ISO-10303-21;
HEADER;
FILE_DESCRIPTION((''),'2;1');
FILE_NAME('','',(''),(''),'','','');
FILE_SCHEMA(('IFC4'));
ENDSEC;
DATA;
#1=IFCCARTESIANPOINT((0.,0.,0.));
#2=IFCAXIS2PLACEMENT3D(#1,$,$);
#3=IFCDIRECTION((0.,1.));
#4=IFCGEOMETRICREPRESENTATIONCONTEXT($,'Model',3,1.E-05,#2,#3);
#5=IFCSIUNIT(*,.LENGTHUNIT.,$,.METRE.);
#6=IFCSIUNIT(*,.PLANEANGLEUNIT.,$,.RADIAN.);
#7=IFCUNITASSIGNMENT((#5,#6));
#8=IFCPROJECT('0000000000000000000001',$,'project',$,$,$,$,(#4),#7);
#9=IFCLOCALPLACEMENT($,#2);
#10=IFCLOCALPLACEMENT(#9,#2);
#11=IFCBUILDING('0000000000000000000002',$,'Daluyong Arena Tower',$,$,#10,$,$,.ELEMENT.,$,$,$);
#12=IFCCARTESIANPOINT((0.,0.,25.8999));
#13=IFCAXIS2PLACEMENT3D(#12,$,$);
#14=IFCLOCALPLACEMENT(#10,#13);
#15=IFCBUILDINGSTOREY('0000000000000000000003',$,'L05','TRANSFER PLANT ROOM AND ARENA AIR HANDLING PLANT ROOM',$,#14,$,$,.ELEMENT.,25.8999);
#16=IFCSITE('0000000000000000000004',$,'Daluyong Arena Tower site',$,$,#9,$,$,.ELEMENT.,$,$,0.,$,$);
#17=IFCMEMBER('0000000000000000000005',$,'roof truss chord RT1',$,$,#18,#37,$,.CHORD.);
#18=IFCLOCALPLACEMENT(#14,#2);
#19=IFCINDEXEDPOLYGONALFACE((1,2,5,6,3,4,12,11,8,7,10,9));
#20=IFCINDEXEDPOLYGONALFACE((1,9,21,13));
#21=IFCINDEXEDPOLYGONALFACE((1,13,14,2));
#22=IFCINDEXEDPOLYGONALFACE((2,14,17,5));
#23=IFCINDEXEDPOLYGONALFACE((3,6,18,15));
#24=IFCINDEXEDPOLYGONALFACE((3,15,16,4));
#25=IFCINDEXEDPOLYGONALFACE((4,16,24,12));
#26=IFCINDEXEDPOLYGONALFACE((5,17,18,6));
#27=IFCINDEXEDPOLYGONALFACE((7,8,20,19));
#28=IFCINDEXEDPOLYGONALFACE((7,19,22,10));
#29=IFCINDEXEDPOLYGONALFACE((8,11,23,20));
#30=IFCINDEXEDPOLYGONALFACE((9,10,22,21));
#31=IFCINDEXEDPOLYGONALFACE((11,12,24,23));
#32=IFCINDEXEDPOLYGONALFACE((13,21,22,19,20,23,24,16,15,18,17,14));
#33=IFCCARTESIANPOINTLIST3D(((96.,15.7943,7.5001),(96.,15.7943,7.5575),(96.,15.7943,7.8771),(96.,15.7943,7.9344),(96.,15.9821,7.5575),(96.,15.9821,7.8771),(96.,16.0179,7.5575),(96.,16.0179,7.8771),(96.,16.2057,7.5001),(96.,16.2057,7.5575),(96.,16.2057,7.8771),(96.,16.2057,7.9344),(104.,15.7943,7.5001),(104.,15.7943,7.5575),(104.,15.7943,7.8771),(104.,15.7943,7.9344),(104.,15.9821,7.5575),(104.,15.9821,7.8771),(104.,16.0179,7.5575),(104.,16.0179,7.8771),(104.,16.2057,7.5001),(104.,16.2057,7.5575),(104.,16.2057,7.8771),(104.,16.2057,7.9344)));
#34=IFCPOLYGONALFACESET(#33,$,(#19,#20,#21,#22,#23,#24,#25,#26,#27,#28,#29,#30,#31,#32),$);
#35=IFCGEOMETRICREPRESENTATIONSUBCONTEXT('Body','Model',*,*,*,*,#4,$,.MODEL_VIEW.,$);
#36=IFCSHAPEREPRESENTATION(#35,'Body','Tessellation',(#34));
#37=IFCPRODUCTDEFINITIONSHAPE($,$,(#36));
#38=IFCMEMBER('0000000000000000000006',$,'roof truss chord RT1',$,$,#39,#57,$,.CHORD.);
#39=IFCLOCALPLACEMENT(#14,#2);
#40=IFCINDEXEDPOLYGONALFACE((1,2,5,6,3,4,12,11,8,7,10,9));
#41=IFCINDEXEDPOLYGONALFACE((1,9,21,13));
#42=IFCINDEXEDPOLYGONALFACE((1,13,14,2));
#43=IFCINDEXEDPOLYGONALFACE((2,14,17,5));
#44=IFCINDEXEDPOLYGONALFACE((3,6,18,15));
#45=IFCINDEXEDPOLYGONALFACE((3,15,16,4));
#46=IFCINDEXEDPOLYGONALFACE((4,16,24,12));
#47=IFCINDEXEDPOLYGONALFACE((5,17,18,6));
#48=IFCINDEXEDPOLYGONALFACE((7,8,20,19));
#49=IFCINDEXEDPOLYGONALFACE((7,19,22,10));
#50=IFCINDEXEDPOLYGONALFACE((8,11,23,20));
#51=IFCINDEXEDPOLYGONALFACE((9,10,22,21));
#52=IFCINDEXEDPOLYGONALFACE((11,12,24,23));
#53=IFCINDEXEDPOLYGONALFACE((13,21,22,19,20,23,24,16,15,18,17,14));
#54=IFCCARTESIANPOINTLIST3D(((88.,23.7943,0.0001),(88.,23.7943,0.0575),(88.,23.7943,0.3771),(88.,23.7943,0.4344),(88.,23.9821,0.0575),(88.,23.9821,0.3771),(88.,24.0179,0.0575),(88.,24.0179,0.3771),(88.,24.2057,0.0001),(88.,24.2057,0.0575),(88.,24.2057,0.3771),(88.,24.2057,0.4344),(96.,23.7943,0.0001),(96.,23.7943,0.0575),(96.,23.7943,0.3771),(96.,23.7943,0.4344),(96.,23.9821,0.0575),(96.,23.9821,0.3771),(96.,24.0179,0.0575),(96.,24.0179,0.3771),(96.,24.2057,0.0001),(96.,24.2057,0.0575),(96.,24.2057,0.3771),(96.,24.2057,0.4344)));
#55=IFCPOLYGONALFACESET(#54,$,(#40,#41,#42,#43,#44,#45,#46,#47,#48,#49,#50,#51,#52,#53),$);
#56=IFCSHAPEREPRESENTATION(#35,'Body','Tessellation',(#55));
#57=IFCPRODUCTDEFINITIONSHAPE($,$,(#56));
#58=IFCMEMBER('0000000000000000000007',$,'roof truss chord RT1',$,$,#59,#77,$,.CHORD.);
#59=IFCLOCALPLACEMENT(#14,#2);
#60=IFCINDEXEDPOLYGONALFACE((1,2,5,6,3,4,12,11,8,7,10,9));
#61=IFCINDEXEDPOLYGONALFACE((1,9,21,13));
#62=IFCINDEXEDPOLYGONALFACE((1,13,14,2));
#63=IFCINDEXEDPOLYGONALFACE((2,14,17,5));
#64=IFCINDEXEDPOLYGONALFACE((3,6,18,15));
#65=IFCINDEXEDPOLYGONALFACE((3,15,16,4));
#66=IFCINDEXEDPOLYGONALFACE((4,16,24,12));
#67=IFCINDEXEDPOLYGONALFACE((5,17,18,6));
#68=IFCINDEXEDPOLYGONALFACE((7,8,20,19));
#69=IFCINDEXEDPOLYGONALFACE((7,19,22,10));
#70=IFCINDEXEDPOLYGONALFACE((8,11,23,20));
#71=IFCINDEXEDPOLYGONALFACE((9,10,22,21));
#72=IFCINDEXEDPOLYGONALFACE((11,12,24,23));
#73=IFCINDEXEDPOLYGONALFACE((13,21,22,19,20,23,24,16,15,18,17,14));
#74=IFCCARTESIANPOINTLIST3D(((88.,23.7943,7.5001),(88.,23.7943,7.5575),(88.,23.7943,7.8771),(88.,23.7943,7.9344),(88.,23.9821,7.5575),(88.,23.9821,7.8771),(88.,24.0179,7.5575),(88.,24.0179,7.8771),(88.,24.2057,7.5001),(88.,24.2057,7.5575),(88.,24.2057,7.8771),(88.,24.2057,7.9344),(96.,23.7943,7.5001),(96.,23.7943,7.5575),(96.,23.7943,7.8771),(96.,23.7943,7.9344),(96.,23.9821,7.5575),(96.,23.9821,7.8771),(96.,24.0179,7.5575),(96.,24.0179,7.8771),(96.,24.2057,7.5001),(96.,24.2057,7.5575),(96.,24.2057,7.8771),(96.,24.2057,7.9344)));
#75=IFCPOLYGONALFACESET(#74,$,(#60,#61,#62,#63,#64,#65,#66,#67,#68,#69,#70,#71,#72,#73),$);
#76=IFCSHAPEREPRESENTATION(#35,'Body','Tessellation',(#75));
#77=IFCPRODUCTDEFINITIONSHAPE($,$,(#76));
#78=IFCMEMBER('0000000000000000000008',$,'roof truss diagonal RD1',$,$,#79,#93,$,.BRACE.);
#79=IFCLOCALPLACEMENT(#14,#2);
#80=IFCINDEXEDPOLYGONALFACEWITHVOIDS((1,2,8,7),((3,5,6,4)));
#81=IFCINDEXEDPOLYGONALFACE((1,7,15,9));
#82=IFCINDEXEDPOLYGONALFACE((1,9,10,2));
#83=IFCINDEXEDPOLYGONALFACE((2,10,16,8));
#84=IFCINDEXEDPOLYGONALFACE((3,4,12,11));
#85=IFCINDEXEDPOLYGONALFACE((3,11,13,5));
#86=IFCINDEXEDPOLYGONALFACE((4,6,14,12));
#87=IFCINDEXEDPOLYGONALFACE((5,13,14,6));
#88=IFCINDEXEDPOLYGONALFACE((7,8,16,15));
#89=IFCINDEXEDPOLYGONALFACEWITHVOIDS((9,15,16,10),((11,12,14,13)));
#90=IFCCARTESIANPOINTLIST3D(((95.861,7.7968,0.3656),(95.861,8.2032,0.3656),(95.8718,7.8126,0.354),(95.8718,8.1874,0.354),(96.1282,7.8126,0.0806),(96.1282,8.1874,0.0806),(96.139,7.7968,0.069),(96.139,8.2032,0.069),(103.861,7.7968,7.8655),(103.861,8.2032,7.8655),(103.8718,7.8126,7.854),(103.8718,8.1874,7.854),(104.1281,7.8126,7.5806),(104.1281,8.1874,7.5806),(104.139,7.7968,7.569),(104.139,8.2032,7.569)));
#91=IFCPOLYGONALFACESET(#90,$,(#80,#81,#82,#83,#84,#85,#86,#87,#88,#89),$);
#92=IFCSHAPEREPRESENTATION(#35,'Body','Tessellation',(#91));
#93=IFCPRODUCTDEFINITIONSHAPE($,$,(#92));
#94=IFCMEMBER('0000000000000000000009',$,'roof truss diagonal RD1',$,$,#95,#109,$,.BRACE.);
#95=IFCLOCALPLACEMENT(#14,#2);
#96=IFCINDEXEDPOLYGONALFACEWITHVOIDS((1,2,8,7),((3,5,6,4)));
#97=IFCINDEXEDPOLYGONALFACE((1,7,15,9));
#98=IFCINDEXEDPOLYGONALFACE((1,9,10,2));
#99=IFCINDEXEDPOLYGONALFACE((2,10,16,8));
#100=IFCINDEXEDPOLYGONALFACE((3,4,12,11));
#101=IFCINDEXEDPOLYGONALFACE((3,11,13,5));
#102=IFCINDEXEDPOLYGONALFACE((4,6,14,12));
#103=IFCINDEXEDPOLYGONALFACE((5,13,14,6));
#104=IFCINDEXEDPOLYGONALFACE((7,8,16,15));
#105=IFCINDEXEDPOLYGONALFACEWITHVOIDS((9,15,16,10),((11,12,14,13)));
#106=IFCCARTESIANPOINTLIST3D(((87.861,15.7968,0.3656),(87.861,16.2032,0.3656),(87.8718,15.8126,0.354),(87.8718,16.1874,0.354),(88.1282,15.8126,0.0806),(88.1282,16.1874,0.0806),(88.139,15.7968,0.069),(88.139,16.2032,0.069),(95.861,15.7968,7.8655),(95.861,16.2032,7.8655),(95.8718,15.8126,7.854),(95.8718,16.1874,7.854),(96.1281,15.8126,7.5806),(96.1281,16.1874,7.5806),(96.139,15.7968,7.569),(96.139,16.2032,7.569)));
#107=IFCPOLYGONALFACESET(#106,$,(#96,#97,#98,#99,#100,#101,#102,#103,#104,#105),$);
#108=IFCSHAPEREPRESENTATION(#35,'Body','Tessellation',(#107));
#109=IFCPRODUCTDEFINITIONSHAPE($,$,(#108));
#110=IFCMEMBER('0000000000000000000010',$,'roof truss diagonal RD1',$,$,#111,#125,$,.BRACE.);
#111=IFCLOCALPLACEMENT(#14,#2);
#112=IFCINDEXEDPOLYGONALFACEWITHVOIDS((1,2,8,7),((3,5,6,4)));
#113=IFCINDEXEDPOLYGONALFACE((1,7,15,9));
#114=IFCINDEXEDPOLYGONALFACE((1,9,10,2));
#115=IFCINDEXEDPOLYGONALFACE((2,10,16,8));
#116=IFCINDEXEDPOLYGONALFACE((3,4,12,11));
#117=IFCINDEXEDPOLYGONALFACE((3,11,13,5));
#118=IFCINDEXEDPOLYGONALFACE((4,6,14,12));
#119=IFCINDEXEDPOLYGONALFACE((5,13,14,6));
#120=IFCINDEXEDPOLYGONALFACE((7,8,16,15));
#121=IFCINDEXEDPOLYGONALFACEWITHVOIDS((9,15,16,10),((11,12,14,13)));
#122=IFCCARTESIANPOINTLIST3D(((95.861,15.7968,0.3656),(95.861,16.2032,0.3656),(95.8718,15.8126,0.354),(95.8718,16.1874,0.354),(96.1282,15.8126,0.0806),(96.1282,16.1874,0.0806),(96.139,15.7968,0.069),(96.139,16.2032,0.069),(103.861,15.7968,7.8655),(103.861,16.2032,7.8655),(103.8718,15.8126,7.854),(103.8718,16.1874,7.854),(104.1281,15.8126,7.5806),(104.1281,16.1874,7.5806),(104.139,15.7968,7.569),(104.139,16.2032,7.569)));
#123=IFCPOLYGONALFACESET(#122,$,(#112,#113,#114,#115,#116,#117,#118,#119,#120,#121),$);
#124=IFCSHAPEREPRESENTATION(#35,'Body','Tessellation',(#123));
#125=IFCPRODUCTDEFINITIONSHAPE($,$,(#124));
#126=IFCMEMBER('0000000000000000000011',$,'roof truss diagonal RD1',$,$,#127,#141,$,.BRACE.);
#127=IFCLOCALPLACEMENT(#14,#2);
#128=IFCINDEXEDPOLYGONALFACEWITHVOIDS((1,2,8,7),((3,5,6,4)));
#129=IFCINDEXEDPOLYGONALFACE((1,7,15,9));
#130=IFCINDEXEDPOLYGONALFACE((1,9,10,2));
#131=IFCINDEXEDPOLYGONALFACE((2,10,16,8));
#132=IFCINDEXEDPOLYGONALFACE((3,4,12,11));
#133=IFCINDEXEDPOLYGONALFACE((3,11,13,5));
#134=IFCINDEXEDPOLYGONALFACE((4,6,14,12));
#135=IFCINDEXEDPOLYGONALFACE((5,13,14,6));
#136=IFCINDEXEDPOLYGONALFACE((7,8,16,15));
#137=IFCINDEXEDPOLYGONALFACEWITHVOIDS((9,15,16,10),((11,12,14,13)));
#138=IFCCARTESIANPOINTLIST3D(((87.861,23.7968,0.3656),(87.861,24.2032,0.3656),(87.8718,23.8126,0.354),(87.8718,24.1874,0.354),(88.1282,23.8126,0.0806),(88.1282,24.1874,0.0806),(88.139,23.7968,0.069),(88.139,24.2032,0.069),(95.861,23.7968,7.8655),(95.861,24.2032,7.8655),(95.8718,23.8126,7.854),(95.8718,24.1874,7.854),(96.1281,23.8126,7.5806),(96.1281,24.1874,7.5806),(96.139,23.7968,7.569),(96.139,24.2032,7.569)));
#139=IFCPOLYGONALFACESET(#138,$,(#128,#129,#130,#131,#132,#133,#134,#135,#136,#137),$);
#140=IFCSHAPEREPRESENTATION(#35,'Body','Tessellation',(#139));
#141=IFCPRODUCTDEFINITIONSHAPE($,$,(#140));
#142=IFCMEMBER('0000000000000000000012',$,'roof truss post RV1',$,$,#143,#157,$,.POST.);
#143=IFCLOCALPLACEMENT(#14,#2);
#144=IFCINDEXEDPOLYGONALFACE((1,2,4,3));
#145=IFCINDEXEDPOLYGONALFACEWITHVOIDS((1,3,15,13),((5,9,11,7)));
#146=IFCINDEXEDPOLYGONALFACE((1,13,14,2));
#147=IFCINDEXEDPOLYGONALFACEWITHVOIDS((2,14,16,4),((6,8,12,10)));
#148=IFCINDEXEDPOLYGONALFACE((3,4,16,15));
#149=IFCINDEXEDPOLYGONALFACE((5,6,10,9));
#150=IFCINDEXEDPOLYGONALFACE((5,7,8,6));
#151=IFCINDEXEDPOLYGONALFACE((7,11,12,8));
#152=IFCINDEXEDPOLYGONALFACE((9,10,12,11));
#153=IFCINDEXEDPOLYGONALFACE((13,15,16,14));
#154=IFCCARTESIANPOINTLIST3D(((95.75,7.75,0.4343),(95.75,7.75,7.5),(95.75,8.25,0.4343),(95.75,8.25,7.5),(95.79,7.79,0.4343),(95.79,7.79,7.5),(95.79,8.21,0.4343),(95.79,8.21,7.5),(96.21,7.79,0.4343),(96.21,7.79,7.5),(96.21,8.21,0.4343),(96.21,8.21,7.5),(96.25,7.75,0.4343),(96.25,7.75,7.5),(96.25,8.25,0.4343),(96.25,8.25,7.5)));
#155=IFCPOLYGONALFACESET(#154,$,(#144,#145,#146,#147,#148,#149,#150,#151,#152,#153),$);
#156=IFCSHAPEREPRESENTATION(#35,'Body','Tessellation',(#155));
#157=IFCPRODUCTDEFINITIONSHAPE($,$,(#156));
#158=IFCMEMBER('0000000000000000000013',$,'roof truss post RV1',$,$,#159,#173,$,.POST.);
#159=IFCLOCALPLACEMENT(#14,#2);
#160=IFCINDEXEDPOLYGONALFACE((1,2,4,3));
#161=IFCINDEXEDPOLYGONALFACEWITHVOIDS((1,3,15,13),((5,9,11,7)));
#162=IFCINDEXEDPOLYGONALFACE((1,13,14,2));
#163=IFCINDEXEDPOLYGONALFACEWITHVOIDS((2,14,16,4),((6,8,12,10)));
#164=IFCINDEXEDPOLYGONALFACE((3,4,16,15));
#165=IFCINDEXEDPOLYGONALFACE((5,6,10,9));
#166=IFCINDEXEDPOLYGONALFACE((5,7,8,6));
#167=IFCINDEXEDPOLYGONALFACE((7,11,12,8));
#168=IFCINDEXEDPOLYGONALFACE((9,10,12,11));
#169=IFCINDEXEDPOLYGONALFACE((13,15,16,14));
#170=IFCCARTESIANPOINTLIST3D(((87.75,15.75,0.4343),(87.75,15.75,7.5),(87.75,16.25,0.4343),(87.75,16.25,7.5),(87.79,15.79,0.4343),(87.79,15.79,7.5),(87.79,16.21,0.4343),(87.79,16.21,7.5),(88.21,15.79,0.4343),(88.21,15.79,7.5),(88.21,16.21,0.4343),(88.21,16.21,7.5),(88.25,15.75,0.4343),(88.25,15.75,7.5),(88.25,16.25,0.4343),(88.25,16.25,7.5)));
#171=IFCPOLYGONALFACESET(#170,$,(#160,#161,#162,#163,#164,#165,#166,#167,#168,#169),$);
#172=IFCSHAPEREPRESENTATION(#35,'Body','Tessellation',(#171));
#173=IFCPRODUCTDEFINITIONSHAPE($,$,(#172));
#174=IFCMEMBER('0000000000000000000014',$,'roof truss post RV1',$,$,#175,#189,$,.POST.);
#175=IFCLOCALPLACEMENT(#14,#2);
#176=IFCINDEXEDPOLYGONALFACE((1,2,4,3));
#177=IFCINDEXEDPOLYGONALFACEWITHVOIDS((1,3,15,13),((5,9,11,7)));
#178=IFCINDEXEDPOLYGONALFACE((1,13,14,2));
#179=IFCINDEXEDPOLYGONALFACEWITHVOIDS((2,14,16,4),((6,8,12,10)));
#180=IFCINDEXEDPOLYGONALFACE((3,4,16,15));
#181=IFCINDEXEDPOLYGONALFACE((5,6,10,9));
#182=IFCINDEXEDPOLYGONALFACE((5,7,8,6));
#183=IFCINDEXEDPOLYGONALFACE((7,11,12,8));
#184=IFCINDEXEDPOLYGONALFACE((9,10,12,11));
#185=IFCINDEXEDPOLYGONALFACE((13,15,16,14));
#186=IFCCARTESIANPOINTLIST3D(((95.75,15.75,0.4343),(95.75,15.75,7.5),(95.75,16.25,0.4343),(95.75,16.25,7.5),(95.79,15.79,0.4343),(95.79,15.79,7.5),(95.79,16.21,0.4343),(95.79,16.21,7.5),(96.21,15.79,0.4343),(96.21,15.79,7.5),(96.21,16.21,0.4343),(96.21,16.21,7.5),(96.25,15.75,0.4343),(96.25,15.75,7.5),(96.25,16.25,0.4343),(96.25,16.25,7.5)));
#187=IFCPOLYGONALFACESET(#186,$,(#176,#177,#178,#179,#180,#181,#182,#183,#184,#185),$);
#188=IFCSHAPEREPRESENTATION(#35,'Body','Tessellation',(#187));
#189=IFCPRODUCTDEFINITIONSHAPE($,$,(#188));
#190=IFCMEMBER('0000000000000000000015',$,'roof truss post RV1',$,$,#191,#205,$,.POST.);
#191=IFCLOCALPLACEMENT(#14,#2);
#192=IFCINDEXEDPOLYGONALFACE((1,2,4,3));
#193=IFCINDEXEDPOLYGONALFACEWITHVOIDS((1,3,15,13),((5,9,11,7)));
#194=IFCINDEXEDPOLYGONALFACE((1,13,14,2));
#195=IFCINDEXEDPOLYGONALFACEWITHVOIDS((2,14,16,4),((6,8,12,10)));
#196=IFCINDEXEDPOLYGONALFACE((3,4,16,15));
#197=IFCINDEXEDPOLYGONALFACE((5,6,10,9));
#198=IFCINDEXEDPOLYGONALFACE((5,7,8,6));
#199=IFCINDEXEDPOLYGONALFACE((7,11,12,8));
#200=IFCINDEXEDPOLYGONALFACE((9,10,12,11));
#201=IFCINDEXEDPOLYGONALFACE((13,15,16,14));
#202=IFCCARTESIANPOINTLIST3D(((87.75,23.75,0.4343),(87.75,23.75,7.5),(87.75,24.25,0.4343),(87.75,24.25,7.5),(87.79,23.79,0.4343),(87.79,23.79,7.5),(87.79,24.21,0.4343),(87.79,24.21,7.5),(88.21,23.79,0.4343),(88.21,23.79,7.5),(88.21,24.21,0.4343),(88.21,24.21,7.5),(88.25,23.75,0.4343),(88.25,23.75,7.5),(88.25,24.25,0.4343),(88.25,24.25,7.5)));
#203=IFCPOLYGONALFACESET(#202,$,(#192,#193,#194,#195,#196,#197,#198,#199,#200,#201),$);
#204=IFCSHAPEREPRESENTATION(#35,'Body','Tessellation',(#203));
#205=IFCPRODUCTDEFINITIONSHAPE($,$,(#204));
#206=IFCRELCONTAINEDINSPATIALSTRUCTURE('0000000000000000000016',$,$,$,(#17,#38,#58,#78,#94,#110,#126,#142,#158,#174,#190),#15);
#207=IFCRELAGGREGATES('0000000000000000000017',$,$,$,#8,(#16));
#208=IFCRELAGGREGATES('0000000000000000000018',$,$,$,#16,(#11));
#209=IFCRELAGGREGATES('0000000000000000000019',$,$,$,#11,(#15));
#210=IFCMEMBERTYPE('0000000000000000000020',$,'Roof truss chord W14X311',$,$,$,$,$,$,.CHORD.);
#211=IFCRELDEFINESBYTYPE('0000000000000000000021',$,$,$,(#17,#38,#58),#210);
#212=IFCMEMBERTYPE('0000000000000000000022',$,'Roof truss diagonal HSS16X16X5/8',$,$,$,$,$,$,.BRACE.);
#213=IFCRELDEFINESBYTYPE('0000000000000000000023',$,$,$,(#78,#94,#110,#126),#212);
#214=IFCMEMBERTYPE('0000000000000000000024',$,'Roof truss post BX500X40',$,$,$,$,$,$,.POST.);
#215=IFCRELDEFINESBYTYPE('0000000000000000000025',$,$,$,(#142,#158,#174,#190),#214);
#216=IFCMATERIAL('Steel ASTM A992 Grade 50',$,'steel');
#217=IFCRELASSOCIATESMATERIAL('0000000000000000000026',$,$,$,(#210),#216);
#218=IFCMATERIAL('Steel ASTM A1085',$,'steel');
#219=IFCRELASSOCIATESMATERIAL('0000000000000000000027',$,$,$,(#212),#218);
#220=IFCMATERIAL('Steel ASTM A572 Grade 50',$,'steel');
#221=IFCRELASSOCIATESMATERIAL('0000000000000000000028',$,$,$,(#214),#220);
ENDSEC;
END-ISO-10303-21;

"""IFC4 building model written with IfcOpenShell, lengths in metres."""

from ifc_helpers import new_model, si_unit, direction, frame, origin, origin_2d, place, context, subcontext, project, spatial, hollow_rectangle, i_section, extrude, material, material_profile, profile_set, type_object, element, save


model = new_model("IFC4")

# Units and contexts
model_context = context("Model", 3, precision=1e-05, world=origin(), true_north=direction((0.0, 1.0)))
body_context = subcontext(model_context, "Body", "Model", "MODEL_VIEW")
ifc_project = project(units=[si_unit("LENGTHUNIT", "METRE"), si_unit("PLANEANGLEUNIT", "RADIAN")], contexts=[model_context])

# Site, building, storey
site_placement = place(None, origin())
site = spatial("IfcSite", under=ifc_project, at=site_placement, Name="Daluyong Arena Tower site", CompositionType="ELEMENT", RefElevation=0.0)
building_placement = place(site_placement, origin())
building = spatial("IfcBuilding", under=site, at=building_placement, Name="Daluyong Arena Tower", CompositionType="ELEMENT")
storey_placement = place(building_placement, frame((0.0, 0.0, 25.8999)))
storey = spatial("IfcBuildingStorey", under=building, at=storey_placement, Name="L05", Description="TRANSFER PLANT ROOM AND ARENA AIR HANDLING PLANT ROOM", CompositionType="ELEMENT", Elevation=25.8999)

# Members
ifc_material_1 = material(Name="Steel ASTM A992 Grade 50", Category="steel")
ifc_material_profile_1 = material_profile(ifc_material_1, i_section(OverallWidth=0.4114, OverallDepth=0.4343, WebThickness=0.0359, FlangeThickness=0.0574, at=origin_2d()))
ifc_profile_set_1 = profile_set([ifc_material_profile_1], Name="Steel ASTM A992 Grade 50")
member_type_1 = type_object("IfcMemberType", Name="Roof truss chord W14X311", PredefinedType="CHORD", material=ifc_profile_set_1)
for number, where, z_axis, x_axis, name in (
    (1, (96.0, 16.0, 7.7173), (1.0, 0.0, 0.0), (0.0, 1.0, 0.0), "roof truss chord RT1"),
    (2, (88.0, 24.0, 0.2173), (1.0, 0.0, 0.0), (0.0, 1.0, 0.0), "roof truss chord RT1"),
    (3, (88.0, 24.0, 7.7173), (1.0, 0.0, 0.0), (0.0, 1.0, 0.0), "roof truss chord RT1"),
):
    element("IfcMember", number, at=place(storey_placement, frame(where, z_axis=z_axis, x_axis=x_axis)), inside=storey, type_object=member_type_1, Name=name, PredefinedType="CHORD", context=body_context, shape_type="SweptSolid", body=[
        extrude(i_section(OverallWidth=0.4114, OverallDepth=0.4343, WebThickness=0.0359, FlangeThickness=0.0574, at=origin_2d()), origin(), (0.0, 0.0, 1.0), 8.0),
    ])
ifc_material_2 = material(Name="Steel ASTM A1085", Category="steel")
ifc_material_profile_2 = material_profile(ifc_material_2, hollow_rectangle(XDim=0.4065, YDim=0.4065, WallThickness=0.0159, at=origin_2d()))
ifc_profile_set_2 = profile_set([ifc_material_profile_2], Name="Steel ASTM A1085")
member_type_2 = type_object("IfcMemberType", Name="Roof truss diagonal HSS16X16X5/8", PredefinedType="BRACE", material=ifc_profile_set_2)
for number, where, z_axis, x_axis, name in (
    (4, (96.0, 8.0, 0.2173), (0.729537, 0.0, 0.683941), (0.0, 1.0, 0.0), "roof truss diagonal RD1"),
    (5, (88.0, 16.0, 0.2173), (0.729537, 0.0, 0.683941), (0.0, 1.0, 0.0), "roof truss diagonal RD1"),
    (6, (96.0, 16.0, 0.2173), (0.729537, 0.0, 0.683941), (0.0, 1.0, 0.0), "roof truss diagonal RD1"),
    (7, (88.0, 24.0, 0.2173), (0.729537, 0.0, 0.683941), (0.0, 1.0, 0.0), "roof truss diagonal RD1"),
):
    element("IfcMember", number, at=place(storey_placement, frame(where, z_axis=z_axis, x_axis=x_axis)), inside=storey, type_object=member_type_2, Name=name, PredefinedType="BRACE", context=body_context, shape_type="SweptSolid", body=[
        extrude(hollow_rectangle(XDim=0.4065, YDim=0.4065, WallThickness=0.0159, at=origin_2d()), origin(), (0.0, 0.0, 1.0), 10.9658),
    ])
ifc_material_3 = material(Name="Steel ASTM A572 Grade 50", Category="steel")
ifc_material_profile_3 = material_profile(ifc_material_3, hollow_rectangle(XDim=0.5, YDim=0.5, WallThickness=0.04, at=origin_2d()))
ifc_profile_set_3 = profile_set([ifc_material_profile_3], Name="Steel ASTM A572 Grade 50")
member_type_3 = type_object("IfcMemberType", Name="Roof truss post BX500X40", PredefinedType="POST", material=ifc_profile_set_3)
for number, where, z_axis, x_axis, name in (
    (8, (96.0, 8.0, 0.4343), (0.0, 0.0, 1.0), (1.0, 0.0, 0.0), "roof truss post RV1"),
    (9, (88.0, 16.0, 0.4343), (0.0, 0.0, 1.0), (1.0, 0.0, 0.0), "roof truss post RV1"),
    (10, (96.0, 16.0, 0.4343), (0.0, 0.0, 1.0), (1.0, 0.0, 0.0), "roof truss post RV1"),
    (11, (88.0, 24.0, 0.4343), (0.0, 0.0, 1.0), (1.0, 0.0, 0.0), "roof truss post RV1"),
):
    element("IfcMember", number, at=place(storey_placement, frame(where, z_axis=z_axis, x_axis=x_axis)), inside=storey, type_object=member_type_3, Name=name, PredefinedType="POST", context=body_context, shape_type="SweptSolid", body=[
        extrude(hollow_rectangle(XDim=0.5, YDim=0.5, WallThickness=0.04, at=origin_2d()), origin(), (0.0, 0.0, 1.0), 7.0657),
    ])

save(model, "model.ifc")
